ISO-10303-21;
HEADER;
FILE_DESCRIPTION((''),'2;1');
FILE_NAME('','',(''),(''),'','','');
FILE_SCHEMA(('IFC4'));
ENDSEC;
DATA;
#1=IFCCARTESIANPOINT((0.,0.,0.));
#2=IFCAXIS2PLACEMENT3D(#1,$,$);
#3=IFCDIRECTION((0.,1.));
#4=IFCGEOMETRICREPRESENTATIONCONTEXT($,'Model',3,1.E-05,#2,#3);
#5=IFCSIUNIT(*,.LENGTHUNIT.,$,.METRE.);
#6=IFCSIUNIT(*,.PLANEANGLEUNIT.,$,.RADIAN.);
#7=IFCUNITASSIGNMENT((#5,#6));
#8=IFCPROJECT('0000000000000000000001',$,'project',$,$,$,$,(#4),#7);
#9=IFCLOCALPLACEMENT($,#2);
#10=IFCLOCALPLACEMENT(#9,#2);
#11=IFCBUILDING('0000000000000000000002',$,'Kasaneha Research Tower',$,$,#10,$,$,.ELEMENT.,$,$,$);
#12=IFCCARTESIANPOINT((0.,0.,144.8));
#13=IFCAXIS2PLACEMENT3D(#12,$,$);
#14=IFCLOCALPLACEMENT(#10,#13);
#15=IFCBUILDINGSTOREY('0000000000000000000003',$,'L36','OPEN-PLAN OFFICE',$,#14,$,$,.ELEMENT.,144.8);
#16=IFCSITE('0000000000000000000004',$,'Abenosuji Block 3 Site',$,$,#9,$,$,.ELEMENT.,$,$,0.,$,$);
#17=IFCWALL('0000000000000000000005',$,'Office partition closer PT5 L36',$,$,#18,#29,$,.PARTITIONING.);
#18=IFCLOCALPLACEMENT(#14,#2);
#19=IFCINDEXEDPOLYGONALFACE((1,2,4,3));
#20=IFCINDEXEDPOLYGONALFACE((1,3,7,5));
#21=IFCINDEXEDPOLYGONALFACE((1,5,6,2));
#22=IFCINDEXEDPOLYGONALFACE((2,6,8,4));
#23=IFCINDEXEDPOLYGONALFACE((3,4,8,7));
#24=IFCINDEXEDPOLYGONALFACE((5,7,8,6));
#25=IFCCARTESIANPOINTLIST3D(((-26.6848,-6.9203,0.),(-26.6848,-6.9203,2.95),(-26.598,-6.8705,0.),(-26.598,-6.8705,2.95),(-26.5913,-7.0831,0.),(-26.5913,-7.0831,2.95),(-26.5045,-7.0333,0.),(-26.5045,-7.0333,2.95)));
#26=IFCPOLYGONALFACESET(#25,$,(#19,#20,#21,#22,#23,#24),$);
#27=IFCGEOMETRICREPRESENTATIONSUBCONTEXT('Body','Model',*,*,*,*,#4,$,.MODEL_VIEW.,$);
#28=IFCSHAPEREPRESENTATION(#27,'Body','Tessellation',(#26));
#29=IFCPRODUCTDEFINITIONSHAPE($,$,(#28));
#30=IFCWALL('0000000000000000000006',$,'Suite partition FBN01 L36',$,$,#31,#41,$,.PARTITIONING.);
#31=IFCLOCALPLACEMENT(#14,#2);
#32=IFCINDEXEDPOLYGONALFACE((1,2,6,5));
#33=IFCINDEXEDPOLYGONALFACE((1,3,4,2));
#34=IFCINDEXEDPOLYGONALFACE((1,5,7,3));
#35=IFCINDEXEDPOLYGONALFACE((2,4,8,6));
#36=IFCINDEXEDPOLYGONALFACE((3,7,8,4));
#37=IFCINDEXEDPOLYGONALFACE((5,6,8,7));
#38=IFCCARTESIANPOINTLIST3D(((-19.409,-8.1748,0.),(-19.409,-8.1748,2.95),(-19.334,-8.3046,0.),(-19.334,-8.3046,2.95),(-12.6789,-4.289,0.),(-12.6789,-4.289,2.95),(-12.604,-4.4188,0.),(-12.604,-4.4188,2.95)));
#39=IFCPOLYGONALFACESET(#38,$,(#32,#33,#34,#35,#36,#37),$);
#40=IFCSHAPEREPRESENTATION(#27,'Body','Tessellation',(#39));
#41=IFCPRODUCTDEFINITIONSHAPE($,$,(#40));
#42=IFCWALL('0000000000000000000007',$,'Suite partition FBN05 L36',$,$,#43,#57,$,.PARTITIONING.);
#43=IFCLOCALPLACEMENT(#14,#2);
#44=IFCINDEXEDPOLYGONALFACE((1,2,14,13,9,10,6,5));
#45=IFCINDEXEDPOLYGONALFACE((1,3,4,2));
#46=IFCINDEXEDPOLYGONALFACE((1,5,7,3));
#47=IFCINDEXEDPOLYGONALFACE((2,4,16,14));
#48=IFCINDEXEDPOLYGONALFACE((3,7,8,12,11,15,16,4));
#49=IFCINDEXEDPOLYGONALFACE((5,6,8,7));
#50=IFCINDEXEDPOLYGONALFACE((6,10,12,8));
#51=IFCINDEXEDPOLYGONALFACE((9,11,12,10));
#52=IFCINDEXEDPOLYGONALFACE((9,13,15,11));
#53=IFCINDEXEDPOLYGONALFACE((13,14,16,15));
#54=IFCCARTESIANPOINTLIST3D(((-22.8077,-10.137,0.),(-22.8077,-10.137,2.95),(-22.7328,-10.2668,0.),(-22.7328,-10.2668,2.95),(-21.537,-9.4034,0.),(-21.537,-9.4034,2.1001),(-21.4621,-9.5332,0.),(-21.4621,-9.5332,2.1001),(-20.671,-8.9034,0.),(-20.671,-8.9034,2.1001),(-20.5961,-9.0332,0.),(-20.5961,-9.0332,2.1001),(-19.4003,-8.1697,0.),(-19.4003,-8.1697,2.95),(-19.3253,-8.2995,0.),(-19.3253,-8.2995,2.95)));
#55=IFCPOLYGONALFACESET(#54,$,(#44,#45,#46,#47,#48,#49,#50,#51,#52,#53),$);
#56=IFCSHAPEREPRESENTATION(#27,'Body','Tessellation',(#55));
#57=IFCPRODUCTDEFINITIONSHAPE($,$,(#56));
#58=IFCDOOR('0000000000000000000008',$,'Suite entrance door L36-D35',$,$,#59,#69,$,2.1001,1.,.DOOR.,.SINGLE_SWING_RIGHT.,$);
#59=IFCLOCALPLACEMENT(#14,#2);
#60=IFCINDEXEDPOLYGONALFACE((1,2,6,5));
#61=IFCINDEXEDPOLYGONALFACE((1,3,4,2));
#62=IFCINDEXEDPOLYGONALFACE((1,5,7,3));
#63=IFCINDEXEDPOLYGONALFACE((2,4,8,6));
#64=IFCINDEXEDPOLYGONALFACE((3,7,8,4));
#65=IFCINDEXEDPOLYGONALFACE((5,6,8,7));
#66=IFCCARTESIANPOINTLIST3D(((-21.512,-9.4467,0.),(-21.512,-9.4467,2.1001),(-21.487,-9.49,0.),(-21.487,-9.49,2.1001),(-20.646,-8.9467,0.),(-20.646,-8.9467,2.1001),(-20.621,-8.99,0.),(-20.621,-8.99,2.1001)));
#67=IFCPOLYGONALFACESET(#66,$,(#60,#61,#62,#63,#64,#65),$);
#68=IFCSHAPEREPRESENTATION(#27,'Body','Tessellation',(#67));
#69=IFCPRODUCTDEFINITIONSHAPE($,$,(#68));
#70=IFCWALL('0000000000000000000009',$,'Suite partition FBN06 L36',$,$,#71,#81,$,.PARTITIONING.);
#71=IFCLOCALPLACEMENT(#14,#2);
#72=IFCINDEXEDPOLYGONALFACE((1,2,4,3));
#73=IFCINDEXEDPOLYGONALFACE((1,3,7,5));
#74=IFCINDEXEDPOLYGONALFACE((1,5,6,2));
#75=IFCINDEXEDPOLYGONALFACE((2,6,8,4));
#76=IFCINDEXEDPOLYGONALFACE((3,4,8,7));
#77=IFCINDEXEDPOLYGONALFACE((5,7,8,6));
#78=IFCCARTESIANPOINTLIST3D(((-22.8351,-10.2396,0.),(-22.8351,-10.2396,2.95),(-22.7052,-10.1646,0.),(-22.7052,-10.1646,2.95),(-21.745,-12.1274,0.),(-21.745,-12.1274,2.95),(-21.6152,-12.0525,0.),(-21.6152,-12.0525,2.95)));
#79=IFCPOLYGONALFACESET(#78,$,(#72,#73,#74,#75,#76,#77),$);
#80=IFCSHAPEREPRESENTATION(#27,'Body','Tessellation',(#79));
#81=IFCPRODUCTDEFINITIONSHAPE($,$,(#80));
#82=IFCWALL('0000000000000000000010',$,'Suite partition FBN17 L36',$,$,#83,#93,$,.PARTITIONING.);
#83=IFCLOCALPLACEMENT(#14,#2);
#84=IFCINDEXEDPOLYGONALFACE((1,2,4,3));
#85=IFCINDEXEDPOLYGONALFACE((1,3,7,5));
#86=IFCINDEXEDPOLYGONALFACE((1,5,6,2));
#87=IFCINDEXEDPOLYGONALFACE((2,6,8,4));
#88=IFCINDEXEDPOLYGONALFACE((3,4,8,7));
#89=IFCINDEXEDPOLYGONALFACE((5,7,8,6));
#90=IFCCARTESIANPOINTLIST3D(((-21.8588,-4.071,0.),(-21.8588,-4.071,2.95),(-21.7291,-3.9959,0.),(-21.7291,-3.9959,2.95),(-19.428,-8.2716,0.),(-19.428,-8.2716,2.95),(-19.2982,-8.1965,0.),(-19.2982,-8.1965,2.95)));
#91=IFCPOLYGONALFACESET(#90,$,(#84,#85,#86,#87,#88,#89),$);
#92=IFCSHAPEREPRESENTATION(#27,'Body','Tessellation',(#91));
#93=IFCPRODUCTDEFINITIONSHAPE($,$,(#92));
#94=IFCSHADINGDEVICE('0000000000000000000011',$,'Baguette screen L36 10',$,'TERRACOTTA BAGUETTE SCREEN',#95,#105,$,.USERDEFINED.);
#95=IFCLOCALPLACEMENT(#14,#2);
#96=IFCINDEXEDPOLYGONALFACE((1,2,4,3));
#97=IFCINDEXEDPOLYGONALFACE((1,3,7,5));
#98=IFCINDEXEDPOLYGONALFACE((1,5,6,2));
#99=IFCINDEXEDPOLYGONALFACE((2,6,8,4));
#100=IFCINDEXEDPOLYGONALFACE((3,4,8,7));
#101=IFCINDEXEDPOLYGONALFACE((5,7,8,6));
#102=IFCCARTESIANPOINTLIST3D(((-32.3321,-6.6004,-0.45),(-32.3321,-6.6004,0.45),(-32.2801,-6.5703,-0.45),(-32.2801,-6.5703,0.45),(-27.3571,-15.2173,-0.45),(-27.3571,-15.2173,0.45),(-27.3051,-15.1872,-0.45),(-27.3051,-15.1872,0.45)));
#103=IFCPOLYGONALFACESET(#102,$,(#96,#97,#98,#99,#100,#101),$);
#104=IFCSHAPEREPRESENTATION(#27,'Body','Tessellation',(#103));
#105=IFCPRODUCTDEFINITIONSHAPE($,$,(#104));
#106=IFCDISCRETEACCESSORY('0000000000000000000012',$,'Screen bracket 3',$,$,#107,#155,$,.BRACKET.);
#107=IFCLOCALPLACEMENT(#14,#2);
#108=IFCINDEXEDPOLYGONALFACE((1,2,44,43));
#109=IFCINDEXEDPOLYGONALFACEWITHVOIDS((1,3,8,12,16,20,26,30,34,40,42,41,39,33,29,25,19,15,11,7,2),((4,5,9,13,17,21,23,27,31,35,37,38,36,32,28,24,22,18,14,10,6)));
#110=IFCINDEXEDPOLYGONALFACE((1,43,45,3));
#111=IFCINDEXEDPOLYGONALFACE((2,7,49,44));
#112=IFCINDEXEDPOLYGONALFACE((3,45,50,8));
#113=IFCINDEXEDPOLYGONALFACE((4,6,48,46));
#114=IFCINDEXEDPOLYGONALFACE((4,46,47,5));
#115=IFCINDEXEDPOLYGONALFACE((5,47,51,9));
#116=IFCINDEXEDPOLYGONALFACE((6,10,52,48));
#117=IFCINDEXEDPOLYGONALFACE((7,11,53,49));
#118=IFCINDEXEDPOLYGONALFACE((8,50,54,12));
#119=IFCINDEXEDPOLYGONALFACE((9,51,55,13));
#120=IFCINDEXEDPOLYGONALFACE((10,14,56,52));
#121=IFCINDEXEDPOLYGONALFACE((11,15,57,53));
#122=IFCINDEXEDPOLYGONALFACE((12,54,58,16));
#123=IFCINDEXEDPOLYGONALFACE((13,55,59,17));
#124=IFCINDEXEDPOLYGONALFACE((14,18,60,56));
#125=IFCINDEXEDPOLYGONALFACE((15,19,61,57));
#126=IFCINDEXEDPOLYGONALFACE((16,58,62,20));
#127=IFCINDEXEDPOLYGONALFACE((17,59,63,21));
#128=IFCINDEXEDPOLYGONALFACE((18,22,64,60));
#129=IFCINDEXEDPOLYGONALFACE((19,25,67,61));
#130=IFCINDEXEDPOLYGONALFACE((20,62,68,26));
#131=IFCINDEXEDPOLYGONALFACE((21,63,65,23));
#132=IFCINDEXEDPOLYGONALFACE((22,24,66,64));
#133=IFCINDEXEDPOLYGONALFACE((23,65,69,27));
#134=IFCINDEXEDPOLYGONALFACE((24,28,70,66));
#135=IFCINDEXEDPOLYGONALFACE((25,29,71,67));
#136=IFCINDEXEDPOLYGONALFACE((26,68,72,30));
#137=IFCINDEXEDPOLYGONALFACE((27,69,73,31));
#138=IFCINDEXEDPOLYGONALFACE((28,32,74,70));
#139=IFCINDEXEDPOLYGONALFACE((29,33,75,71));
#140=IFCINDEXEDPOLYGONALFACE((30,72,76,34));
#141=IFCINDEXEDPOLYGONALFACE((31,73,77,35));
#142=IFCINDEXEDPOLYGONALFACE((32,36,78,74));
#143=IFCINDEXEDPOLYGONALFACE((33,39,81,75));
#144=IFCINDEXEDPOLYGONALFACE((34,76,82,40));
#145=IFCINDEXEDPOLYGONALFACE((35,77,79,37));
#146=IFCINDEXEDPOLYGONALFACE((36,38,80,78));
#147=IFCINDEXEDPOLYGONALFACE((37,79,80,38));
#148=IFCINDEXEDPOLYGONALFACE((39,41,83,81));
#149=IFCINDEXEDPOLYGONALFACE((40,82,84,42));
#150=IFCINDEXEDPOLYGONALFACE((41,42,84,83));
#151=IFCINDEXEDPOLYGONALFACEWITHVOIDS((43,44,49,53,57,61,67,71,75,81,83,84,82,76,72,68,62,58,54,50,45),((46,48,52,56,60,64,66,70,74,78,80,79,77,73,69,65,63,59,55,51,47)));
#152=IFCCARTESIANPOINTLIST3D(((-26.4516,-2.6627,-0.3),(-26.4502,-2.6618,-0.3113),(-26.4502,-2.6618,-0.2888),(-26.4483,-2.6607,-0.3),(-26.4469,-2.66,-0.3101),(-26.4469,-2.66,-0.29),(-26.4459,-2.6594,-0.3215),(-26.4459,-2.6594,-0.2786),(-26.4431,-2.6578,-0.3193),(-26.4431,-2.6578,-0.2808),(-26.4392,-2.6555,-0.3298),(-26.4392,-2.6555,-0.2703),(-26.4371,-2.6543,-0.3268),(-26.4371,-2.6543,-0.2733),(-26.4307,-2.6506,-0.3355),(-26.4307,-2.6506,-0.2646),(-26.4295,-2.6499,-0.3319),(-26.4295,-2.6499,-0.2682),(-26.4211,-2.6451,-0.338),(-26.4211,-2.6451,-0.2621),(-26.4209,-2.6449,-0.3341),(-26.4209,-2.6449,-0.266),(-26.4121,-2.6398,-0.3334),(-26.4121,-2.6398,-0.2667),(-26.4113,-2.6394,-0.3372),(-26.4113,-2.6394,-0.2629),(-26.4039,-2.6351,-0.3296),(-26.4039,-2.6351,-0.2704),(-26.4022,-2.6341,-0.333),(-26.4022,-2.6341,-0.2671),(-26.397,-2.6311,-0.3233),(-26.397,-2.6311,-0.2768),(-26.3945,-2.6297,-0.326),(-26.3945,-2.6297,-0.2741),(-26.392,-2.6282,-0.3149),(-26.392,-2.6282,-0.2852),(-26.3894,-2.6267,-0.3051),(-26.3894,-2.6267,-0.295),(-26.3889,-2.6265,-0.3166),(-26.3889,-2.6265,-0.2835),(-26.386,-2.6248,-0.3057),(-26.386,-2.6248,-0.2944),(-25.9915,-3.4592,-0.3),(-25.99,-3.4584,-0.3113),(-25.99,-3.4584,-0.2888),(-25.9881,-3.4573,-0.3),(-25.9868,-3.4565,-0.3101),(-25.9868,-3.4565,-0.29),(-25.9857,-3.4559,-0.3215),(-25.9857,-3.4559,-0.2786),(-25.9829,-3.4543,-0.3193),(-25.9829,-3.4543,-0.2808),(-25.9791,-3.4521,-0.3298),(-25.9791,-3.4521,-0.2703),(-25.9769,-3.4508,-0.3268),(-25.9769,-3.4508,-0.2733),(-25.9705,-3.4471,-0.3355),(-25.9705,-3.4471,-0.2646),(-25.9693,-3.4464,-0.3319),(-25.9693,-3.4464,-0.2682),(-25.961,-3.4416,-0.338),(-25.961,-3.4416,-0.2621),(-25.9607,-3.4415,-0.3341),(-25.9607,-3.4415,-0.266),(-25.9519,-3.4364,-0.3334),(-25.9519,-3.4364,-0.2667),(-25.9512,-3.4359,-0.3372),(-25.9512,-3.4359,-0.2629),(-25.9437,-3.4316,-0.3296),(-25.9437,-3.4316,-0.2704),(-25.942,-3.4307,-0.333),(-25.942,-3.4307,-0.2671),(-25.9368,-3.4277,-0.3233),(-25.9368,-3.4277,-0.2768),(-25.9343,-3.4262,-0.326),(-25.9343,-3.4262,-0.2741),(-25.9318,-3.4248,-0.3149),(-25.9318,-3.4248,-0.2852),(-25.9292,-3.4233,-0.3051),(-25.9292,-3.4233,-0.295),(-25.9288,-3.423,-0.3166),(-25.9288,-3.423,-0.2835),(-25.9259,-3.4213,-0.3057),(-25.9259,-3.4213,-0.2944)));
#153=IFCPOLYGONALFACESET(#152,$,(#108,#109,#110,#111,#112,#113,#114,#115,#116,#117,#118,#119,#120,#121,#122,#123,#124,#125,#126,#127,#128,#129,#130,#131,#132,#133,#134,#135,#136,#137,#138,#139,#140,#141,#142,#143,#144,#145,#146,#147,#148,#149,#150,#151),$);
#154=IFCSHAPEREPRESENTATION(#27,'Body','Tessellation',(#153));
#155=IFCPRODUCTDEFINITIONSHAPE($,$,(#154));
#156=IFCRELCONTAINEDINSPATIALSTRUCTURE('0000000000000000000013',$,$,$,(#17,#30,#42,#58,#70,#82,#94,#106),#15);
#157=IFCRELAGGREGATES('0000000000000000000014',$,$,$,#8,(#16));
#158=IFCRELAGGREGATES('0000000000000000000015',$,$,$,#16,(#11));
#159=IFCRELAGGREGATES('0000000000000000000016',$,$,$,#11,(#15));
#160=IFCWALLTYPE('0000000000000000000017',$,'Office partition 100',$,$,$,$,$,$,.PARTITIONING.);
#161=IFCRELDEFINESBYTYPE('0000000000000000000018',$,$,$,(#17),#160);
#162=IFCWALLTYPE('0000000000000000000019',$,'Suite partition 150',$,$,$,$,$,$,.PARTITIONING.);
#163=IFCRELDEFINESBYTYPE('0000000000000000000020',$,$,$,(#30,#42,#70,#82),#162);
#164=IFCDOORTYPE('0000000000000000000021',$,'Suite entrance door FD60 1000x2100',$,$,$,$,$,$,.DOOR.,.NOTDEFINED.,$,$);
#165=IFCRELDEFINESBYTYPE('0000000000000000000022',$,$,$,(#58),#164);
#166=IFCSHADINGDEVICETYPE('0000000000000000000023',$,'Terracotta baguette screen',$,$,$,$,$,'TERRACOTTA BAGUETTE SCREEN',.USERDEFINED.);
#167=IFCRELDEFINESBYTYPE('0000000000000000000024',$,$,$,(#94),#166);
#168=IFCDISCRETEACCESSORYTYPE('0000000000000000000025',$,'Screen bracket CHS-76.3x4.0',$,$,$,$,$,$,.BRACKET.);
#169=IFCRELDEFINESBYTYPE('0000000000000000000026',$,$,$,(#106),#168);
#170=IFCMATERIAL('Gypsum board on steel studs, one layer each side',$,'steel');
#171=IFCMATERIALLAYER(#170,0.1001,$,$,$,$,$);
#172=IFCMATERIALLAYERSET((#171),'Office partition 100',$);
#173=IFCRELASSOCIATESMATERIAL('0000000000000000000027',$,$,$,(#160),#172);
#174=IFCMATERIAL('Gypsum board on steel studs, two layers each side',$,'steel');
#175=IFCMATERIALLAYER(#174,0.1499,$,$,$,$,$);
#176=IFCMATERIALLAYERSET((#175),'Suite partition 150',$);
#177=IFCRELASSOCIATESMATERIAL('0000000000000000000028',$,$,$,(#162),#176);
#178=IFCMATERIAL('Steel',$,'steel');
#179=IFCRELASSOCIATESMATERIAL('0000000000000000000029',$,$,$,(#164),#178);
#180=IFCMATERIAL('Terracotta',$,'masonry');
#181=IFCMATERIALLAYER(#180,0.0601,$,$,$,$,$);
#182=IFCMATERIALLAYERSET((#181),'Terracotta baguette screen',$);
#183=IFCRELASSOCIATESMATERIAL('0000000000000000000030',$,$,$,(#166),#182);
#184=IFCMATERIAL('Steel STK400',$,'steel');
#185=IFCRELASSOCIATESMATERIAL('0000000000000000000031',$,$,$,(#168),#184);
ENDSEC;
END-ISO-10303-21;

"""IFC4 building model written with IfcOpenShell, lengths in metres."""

from ifc_helpers import new_model, si_unit, direction, frame, frame_2d, origin, origin_2d, place, context, subcontext, project, spatial, rectangle, hollow_circle, extrude, material, layer, layer_set, material_profile, profile_set, type_object, element, fill, save


model = new_model("IFC4")

# Units and contexts
model_context = context("Model", 3, precision=1e-05, world=origin(), true_north=direction((0.0, 1.0)))
body_context = subcontext(model_context, "Body", "Model", "MODEL_VIEW")
ifc_project = project(units=[si_unit("LENGTHUNIT", "METRE"), si_unit("PLANEANGLEUNIT", "RADIAN")], contexts=[model_context])

# Site, building, storey
site_placement = place(None, origin())
site = spatial("IfcSite", under=ifc_project, at=site_placement, Name="Abenosuji Block 3 Site", CompositionType="ELEMENT", RefElevation=0.0)
building_placement = place(site_placement, origin())
building = spatial("IfcBuilding", under=site, at=building_placement, Name="Kasaneha Research Tower", CompositionType="ELEMENT")
storey_placement = place(building_placement, frame((0.0, 0.0, 144.8)))
storey = spatial("IfcBuildingStorey", under=building, at=storey_placement, Name="L36", Description="OPEN-PLAN OFFICE", CompositionType="ELEMENT", Elevation=144.8)

# Shared definitions
ifc_material_1 = material(Name="Gypsum board on steel studs, one layer each side", Category="steel")
ifc_layer_1 = layer(ifc_material_1, 0.1001)
ifc_layer_set_1 = layer_set([ifc_layer_1], Name="Office partition 100")
wall_type_1 = type_object("IfcWallType", Name="Office partition 100", PredefinedType="PARTITIONING", material=ifc_layer_set_1)

# Walls
wall_1_placement = place(storey_placement, frame((-26.6414, -6.8955, 0.0), z_axis=(0.0, 0.0, 1.0), x_axis=(0.497958, -0.867201, 0.0)))
element("IfcWall", 1, at=wall_1_placement, inside=storey, type_object=wall_type_1, Name="Office partition closer PT5 L36", PredefinedType="PARTITIONING", context=body_context, shape_type="SweptSolid", body=[
    extrude(rectangle(XDim=0.1877, YDim=0.1001, at=frame_2d((0.0938, 0.0))), origin(), (0.0, 0.0, 1.0), 2.95),
])
ifc_material_2 = material(Name="Gypsum board on steel studs, two layers each side", Category="steel")
ifc_layer_2 = layer(ifc_material_2, 0.1499)
ifc_layer_set_2 = layer_set([ifc_layer_2], Name="Suite partition 150")
wall_type_2 = type_object("IfcWallType", Name="Suite partition 150", PredefinedType="PARTITIONING", material=ifc_layer_set_2)
wall_2_placement = place(storey_placement, frame((-19.3716, -8.2397, 0.0), z_axis=(0.0, 0.0, 1.0), x_axis=(0.866015, 0.500018, 0.0)))
element("IfcWall", 2, at=wall_2_placement, inside=storey, type_object=wall_type_2, Name="Suite partition FBN01 L36", PredefinedType="PARTITIONING", context=body_context, shape_type="SweptSolid", body=[
    extrude(rectangle(XDim=7.7712, YDim=0.1499, at=frame_2d((3.8857, 0.0))), origin(), (0.0, 0.0, 1.0), 2.95),
])

# Wall, opening, door
wall_3_placement = place(storey_placement, frame((-22.7703, -10.2019, 0.0), z_axis=(0.0, 0.0, 1.0), x_axis=(0.866027, 0.499996, 0.0)))
wall_3 = element("IfcWall", 3, at=wall_3_placement, inside=storey, type_object=wall_type_2, Name="Suite partition FBN05 L36", PredefinedType="PARTITIONING", context=body_context, shape_type="SweptSolid", body=[
    extrude(rectangle(XDim=3.9346, YDim=0.1499, at=frame_2d((1.9673, 0.0))), origin(), (0.0, 0.0, 1.0), 2.95),
])
opening_1_placement = place(wall_3_placement, frame((1.4673, 0.0, 0.0)))
opening_1 = element("IfcOpeningElement", 4, at=opening_1_placement, cuts=wall_3, PredefinedType="OPENING", context=body_context, shape_type="SweptSolid", body=[
    extrude(rectangle(XDim=1.0, YDim=2.1001, at=frame_2d((0.5, 1.05))), frame((0.0, 0.085, 0.0), z_axis=(0.0, -1.0, 0.0), x_axis=(1.0, 0.0, 0.0)), (0.0, 0.0, 1.0), 0.1699),
])
ifc_material_3 = material(Name="Steel", Category="steel")
door_type_1 = type_object("IfcDoorType", Name="Suite entrance door FD60 1000x2100", OperationType="NOTDEFINED", PredefinedType="DOOR", material=ifc_material_3)
door_1_placement = place(opening_1_placement, origin())
door_1 = element("IfcDoor", 5, at=door_1_placement, inside=storey, type_object=door_type_1, Name="Suite entrance door L36-D35", OperationType="SINGLE_SWING_RIGHT", OverallHeight=2.1001, OverallWidth=1.0, PredefinedType="DOOR", context=body_context, shape_type="SweptSolid", body=[
    extrude(rectangle(XDim=1.0, YDim=2.1001, at=frame_2d((0.5, 1.05))), frame((0.0, 0.0249, 0.0), z_axis=(0.0, -1.0, 0.0), x_axis=(1.0, 0.0, 0.0)), (0.0, 0.0, 1.0), 0.05),
])
fill(opening_1, door_1)

# Walls
wall_4_placement = place(storey_placement, frame((-21.6802, -12.0898, 0.0), z_axis=(0.0, 0.0, 1.0), x_axis=(-0.500029, 0.866008, 0.0)))
element("IfcWall", 6, at=wall_4_placement, inside=storey, type_object=wall_type_2, Name="Suite partition FBN06 L36", PredefinedType="PARTITIONING", context=body_context, shape_type="SweptSolid", body=[
    extrude(rectangle(XDim=2.1799, YDim=0.1499, at=frame_2d((1.0898, 0.0))), origin(), (0.0, 0.0, 1.0), 2.95),
])
wall_5_placement = place(storey_placement, frame((-19.363, -8.2341, 0.0), z_axis=(0.0, 0.0, 1.0), x_axis=(-0.500872, 0.865522, 0.0)))
element("IfcWall", 7, at=wall_5_placement, inside=storey, type_object=wall_type_2, Name="Suite partition FBN17 L36", PredefinedType="PARTITIONING", context=body_context, shape_type="SweptSolid", body=[
    extrude(rectangle(XDim=4.8533, YDim=0.1499, at=frame_2d((2.4268, 0.0))), origin(), (0.0, 0.0, 1.0), 2.95),
])

# Shading device
ifc_material_4 = material(Name="Terracotta", Category="masonry")
ifc_layer_3 = layer(ifc_material_4, 0.0601)
ifc_layer_set_3 = layer_set([ifc_layer_3], Name="Terracotta baguette screen")
shading_device_type = type_object("IfcShadingDeviceType", Name="Terracotta baguette screen", ElementType="TERRACOTTA BAGUETTE SCREEN", PredefinedType="USERDEFINED", material=ifc_layer_set_3)
shading_device_placement = place(storey_placement, frame((-29.8186, -10.8938, -0.45), z_axis=(0.0, 0.0, 1.0), x_axis=(0.5, -0.866025, 0.0)))
element("IfcShadingDevice", 8, at=shading_device_placement, inside=storey, type_object=shading_device_type, Name="Baguette screen L36 10", ObjectType="TERRACOTTA BAGUETTE SCREEN", PredefinedType="USERDEFINED", context=body_context, shape_type="SweptSolid", body=[
    extrude(rectangle(XDim=9.95, YDim=0.0601, at=origin_2d()), origin(), (0.0, 0.0, 1.0), 0.8999),
])

# Discrete accessory
ifc_material_5 = material(Name="Steel STK400", Category="steel")
ifc_material_profile_1 = material_profile(ifc_material_5, hollow_circle(Radius=0.0381, WallThickness=0.0039, at=origin_2d()), Name="CHS-76.3x4.0")
ifc_profile_set_1 = profile_set([ifc_material_profile_1], Name="Steel STK400")
discrete_accessory_type = type_object("IfcDiscreteAccessoryType", Name="Screen bracket CHS-76.3x4.0", PredefinedType="BRACKET", material=ifc_profile_set_1)
discrete_accessory_1_placement = place(storey_placement, frame((-25.9585, -3.4402, -0.3), z_axis=(-0.50022, 0.865898, 0.0), x_axis=(-0.865898, -0.50022, 0.0)))
element("IfcDiscreteAccessory", 9, at=discrete_accessory_1_placement, inside=storey, type_object=discrete_accessory_type, Name="Screen bracket 3", PredefinedType="BRACKET", context=body_context, shape_type="SweptSolid", body=[
    extrude(hollow_circle(Radius=0.0381, WallThickness=0.0039, at=origin_2d()), origin(), (0.0, 0.0, 1.0), 0.9199),
])

save(model, "model.ifc")
